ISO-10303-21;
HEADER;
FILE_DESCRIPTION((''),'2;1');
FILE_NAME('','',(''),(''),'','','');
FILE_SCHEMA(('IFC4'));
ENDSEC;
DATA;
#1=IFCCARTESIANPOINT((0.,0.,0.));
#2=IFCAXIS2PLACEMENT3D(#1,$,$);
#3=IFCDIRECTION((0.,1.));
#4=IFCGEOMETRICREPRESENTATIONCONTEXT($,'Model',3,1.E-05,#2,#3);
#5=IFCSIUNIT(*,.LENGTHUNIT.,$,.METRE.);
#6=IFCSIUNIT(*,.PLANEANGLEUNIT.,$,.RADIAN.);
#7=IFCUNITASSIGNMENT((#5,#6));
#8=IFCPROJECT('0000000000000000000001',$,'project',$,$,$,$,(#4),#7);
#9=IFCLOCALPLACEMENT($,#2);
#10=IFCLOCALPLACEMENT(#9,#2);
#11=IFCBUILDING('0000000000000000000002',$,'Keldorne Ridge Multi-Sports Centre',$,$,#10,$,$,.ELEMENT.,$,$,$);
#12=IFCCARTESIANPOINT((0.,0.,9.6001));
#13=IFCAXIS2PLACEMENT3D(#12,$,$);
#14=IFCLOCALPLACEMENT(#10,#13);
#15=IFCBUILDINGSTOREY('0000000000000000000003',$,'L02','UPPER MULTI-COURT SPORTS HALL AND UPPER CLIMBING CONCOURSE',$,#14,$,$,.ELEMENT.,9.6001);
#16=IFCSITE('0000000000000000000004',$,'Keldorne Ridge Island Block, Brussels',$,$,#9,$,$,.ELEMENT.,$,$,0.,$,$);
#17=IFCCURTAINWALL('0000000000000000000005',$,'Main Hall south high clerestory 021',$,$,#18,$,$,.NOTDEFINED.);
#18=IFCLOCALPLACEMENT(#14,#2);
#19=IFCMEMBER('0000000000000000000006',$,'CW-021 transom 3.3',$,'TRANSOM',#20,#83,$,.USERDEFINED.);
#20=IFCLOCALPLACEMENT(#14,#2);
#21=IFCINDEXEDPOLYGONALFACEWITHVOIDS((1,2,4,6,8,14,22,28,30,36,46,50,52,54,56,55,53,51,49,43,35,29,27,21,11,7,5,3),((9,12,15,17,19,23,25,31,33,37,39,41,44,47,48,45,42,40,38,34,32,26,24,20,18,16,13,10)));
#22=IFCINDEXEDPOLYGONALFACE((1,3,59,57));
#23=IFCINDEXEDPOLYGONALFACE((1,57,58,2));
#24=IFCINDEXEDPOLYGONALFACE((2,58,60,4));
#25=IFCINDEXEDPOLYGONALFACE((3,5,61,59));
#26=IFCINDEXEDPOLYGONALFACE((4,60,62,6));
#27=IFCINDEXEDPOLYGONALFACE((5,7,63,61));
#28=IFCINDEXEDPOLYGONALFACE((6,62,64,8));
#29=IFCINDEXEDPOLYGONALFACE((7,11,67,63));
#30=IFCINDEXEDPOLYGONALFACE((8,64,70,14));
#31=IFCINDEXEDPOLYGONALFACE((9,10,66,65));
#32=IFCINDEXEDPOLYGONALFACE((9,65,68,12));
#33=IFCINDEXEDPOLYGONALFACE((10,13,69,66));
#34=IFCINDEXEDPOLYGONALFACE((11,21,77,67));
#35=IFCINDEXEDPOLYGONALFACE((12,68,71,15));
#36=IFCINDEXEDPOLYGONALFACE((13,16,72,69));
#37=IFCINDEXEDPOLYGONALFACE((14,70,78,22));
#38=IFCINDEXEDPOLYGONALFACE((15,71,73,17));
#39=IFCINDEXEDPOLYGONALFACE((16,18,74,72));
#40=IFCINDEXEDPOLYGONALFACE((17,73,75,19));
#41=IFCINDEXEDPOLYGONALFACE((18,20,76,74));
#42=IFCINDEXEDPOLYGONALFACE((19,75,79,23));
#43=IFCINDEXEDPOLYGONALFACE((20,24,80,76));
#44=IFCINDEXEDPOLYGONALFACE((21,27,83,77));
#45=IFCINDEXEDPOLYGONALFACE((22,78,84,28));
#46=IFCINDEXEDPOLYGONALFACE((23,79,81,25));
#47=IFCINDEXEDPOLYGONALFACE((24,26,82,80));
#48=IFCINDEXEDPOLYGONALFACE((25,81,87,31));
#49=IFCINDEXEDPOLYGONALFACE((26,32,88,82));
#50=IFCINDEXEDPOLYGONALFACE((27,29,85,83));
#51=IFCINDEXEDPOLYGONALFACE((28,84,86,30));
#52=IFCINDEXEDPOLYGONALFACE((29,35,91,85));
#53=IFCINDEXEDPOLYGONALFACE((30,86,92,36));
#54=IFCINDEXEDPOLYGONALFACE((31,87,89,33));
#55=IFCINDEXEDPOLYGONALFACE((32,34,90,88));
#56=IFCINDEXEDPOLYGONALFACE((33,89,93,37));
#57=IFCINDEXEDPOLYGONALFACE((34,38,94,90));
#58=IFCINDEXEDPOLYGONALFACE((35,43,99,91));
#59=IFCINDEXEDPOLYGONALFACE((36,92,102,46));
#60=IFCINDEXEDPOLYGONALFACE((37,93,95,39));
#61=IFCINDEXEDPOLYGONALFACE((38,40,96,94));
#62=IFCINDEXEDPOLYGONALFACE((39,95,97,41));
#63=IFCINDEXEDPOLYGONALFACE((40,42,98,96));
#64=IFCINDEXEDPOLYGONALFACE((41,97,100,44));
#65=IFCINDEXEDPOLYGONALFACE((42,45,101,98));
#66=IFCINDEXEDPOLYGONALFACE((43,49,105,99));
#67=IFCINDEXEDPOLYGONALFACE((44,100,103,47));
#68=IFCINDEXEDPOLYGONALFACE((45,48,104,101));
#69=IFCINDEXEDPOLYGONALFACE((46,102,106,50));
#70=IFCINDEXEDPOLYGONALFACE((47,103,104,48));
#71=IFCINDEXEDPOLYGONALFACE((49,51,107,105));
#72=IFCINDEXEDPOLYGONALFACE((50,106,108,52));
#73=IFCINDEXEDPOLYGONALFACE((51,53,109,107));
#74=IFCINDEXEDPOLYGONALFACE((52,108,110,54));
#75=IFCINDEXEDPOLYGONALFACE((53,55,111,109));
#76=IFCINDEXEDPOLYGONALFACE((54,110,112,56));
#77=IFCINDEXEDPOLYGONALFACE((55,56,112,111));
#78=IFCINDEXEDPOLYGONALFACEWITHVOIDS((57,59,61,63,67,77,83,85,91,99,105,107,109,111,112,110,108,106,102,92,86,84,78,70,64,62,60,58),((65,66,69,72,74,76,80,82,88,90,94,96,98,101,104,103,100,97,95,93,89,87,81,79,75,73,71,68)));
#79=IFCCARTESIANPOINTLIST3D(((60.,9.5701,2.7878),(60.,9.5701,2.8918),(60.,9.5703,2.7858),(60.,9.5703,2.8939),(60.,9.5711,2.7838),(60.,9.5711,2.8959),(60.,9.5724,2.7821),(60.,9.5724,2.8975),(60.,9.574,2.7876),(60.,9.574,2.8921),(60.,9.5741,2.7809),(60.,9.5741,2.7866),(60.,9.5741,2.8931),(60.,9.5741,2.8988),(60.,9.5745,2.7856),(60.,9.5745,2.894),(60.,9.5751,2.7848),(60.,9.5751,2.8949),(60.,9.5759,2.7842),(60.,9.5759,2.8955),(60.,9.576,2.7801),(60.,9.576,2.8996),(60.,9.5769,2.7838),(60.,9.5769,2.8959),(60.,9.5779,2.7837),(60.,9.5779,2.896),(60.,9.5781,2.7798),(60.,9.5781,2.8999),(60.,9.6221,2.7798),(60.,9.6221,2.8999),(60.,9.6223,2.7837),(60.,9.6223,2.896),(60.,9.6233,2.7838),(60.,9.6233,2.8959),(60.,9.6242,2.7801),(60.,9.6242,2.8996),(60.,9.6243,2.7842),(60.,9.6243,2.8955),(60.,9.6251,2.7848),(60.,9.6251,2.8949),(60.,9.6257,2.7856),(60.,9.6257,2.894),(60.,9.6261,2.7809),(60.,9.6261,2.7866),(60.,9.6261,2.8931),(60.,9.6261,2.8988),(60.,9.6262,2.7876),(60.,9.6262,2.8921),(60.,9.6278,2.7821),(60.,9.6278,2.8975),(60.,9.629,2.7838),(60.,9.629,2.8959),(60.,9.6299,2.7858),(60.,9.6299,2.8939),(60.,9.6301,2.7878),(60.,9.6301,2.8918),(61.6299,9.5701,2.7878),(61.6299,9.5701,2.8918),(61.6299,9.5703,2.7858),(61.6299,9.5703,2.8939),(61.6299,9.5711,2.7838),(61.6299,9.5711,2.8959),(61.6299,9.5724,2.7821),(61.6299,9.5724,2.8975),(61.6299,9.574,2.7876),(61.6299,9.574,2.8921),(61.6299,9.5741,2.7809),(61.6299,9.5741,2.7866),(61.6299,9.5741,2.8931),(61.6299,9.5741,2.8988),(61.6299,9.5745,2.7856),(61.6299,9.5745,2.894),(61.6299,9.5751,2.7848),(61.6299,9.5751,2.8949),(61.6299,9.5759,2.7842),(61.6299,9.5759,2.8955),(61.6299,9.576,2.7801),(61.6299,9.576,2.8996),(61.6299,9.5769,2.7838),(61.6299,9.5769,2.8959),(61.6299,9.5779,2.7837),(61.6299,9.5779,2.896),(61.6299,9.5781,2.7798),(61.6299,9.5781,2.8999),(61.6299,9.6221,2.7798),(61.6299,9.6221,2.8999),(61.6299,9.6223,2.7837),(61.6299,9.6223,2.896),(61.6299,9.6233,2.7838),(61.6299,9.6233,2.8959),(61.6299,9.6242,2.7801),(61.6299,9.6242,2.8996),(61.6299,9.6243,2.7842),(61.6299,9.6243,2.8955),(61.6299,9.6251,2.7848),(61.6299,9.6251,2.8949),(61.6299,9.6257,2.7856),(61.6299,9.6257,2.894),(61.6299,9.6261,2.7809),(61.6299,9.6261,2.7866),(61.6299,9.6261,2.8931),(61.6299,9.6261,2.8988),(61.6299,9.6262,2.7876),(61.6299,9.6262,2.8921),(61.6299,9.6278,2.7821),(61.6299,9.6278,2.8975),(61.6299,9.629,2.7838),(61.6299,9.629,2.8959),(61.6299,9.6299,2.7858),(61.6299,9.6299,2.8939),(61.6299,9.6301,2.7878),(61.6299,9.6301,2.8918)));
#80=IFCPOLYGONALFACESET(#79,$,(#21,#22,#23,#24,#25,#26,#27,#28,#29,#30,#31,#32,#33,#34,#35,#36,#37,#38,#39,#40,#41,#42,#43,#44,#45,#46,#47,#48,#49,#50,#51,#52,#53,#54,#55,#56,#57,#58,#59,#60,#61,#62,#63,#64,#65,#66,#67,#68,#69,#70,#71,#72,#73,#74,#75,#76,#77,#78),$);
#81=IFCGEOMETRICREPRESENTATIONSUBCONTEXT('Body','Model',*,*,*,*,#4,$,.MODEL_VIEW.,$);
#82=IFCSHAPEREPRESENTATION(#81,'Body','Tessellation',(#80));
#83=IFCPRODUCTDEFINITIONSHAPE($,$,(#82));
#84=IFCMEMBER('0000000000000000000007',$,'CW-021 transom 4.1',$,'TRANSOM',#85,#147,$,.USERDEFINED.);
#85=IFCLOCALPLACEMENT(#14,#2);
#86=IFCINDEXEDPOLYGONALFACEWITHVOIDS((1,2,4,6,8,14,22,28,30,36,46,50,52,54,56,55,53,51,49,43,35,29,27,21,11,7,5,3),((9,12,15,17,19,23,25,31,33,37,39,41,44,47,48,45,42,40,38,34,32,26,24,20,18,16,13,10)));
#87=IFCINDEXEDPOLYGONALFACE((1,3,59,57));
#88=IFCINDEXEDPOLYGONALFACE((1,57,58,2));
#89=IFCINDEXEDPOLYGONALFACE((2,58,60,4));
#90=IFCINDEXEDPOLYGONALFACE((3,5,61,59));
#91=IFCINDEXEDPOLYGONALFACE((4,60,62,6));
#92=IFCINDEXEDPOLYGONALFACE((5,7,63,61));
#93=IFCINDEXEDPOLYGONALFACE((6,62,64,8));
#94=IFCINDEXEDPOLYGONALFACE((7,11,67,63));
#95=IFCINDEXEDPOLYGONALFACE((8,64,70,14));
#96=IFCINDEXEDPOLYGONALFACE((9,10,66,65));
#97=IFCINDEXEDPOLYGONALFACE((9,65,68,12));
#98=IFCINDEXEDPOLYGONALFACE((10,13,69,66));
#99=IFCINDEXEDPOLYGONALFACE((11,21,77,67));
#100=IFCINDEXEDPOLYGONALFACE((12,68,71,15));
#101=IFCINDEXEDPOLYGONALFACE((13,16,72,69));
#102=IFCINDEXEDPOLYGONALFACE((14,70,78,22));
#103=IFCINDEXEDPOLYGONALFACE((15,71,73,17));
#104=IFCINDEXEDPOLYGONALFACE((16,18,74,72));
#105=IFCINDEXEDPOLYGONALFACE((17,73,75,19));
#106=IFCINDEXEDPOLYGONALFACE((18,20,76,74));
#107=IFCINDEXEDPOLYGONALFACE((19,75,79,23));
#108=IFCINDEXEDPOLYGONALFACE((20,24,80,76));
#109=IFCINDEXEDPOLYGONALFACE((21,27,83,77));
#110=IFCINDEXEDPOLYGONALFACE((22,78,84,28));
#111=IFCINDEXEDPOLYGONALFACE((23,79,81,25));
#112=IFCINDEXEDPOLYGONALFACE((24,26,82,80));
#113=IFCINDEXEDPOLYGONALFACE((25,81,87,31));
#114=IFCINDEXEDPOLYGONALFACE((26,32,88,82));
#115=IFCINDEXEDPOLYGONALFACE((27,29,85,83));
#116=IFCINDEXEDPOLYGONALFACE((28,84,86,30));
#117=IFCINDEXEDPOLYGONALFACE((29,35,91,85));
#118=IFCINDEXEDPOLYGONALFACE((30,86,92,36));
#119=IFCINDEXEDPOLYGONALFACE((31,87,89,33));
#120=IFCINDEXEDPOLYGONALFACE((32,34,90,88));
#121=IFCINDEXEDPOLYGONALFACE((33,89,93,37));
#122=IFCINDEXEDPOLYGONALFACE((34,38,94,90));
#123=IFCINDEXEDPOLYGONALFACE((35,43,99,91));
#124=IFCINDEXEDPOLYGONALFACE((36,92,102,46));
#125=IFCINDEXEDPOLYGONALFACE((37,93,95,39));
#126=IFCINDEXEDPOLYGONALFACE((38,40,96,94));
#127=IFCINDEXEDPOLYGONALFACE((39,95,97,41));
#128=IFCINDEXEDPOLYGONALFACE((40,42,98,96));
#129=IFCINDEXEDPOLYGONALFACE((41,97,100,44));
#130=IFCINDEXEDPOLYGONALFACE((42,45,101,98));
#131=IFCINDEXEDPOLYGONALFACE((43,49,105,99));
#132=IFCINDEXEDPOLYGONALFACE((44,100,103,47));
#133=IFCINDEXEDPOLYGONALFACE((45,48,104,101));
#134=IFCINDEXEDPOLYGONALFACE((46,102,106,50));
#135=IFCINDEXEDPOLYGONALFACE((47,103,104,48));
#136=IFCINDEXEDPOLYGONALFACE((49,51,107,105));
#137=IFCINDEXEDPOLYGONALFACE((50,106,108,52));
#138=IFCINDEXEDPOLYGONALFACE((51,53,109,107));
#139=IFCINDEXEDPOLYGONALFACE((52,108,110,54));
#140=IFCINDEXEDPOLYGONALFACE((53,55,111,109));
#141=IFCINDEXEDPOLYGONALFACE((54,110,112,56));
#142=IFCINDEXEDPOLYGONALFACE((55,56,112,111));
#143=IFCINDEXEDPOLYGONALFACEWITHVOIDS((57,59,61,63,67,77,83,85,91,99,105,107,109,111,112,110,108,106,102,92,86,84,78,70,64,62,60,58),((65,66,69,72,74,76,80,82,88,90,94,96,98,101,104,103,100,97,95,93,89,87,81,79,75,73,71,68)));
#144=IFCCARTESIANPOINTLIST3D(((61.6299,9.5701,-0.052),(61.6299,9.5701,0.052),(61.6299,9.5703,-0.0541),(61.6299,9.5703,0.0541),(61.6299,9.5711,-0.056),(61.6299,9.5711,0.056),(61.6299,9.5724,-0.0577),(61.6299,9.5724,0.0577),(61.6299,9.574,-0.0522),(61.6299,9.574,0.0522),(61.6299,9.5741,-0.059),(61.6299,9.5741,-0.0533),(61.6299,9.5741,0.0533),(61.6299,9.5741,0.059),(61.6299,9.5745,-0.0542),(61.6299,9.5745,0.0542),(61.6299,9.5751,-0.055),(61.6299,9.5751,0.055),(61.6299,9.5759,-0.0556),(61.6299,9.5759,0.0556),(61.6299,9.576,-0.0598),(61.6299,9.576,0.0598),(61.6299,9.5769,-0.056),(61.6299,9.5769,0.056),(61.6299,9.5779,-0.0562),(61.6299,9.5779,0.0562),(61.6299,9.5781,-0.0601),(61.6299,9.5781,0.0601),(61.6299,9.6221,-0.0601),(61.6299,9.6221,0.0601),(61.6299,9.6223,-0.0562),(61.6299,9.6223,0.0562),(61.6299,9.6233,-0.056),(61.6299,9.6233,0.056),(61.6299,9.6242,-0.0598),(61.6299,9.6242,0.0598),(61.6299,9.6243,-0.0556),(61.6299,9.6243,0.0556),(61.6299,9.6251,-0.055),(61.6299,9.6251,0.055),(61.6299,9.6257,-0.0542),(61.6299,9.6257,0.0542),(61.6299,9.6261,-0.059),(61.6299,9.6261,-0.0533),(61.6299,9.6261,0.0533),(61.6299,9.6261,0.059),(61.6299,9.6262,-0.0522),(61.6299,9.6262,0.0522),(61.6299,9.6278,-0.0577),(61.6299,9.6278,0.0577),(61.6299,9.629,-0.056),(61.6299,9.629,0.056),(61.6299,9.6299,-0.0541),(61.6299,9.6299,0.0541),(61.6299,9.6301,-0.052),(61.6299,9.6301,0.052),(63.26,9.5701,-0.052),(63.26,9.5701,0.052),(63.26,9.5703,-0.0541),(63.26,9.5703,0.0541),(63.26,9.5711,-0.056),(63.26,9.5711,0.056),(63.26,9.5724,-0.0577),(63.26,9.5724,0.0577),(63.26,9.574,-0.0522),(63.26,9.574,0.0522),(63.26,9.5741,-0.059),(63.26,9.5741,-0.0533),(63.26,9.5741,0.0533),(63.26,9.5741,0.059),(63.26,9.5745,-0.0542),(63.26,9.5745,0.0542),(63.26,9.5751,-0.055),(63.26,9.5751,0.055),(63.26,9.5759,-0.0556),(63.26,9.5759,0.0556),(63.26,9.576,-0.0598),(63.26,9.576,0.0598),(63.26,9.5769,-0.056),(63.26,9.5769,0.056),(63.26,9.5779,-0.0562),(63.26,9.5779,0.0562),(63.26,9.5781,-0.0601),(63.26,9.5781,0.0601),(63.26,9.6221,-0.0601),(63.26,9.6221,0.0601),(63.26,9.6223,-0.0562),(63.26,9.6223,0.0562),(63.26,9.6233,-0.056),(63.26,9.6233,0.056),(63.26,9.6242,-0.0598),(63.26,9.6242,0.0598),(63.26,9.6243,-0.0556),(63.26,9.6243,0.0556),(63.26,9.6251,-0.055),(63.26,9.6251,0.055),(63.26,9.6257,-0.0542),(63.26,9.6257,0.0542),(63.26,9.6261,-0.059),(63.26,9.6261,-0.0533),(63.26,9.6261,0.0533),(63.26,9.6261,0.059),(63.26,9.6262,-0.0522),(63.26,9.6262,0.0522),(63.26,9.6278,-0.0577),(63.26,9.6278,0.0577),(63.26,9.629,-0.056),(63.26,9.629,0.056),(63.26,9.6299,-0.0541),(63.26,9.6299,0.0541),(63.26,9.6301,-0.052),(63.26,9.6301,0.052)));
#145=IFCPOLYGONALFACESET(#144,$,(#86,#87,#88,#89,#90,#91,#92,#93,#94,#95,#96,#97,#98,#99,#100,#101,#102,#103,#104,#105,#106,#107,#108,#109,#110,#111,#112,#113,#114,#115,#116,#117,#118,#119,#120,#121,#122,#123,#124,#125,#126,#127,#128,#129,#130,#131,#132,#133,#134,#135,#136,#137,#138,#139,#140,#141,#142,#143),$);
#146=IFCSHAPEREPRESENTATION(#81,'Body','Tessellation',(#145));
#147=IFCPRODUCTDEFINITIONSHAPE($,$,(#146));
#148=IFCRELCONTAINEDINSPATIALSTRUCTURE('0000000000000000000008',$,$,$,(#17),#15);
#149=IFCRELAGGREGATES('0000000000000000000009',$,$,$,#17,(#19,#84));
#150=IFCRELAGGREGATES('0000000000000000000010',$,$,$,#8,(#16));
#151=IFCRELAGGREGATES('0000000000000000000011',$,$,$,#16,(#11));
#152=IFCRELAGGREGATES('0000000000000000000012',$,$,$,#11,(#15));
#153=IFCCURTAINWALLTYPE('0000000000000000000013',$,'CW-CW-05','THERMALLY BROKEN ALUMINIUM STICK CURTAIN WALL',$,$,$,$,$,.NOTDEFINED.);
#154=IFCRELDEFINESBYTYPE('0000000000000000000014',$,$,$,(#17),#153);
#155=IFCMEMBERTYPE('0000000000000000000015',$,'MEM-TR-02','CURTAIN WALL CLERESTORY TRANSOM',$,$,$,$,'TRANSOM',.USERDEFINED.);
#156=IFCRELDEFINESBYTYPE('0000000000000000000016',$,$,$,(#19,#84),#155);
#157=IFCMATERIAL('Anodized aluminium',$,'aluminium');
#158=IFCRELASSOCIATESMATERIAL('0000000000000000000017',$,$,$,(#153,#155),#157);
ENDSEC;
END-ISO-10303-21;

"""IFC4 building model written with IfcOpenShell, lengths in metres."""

from ifc_helpers import new_model, si_unit, direction, frame, origin, origin_2d, place, context, subcontext, project, spatial, hollow_rectangle, extrude, material, material_profile, profile_set, type_object, element, aggregate, save


model = new_model("IFC4")

# Units and contexts
model_context = context("Model", 3, precision=1e-05, world=origin(), true_north=direction((0.0, 1.0)))
body_context = subcontext(model_context, "Body", "Model", "MODEL_VIEW")
ifc_project = project(units=[si_unit("LENGTHUNIT", "METRE"), si_unit("PLANEANGLEUNIT", "RADIAN")], contexts=[model_context])

# Site, building, storey
site_placement = place(None, origin())
site = spatial("IfcSite", under=ifc_project, at=site_placement, Name="Keldorne Ridge Island Block, Brussels", CompositionType="ELEMENT", RefElevation=0.0)
building_placement = place(site_placement, origin())
building = spatial("IfcBuilding", under=site, at=building_placement, Name="Keldorne Ridge Multi-Sports Centre", CompositionType="ELEMENT")
storey_placement = place(building_placement, frame((0.0, 0.0, 9.6001)))
storey = spatial("IfcBuildingStorey", under=building, at=storey_placement, Name="L02", Description="UPPER MULTI-COURT SPORTS HALL AND UPPER CLIMBING CONCOURSE", CompositionType="ELEMENT", Elevation=9.6001)

# Curtain wall, members
ifc_material_1 = material(Name="Anodized aluminium", Category="aluminium")
curtain_wall_type = type_object("IfcCurtainWallType", Name="CW-CW-05", Description="THERMALLY BROKEN ALUMINIUM STICK CURTAIN WALL", PredefinedType="NOTDEFINED", material=ifc_material_1)
curtain_wall_placement = place(storey_placement, origin())
curtain_wall = element("IfcCurtainWall", 1, at=curtain_wall_placement, inside=storey, type_object=curtain_wall_type, Name="Main Hall south high clerestory 021", PredefinedType="NOTDEFINED")
ifc_material_profile_1 = material_profile(ifc_material_1, hollow_rectangle(XDim=0.0601, YDim=0.1201, WallThickness=0.0039, InnerFilletRadius=0.0039, OuterFilletRadius=0.0081, at=origin_2d()), Name="ALU TRANSOM 120x60x4")
ifc_profile_set_1 = profile_set([ifc_material_profile_1], Name="Anodized aluminium")
member_type_1 = type_object("IfcMemberType", Name="MEM-TR-02", Description="CURTAIN WALL CLERESTORY TRANSOM", ElementType="TRANSOM", PredefinedType="USERDEFINED", material=ifc_profile_set_1)
member_1_placement = place(storey_placement, frame((60.0, 9.6001, 2.8398), z_axis=(1.0, 0.0, 0.0), x_axis=(0.0, 1.0, 0.0)))
member_1 = element("IfcMember", 2, at=member_1_placement, type_object=member_type_1, Name="CW-021 transom 3.3", ObjectType="TRANSOM", PredefinedType="USERDEFINED", context=body_context, shape_type="SweptSolid", body=[
    extrude(hollow_rectangle(XDim=0.0601, YDim=0.1201, WallThickness=0.0039, InnerFilletRadius=0.0039, OuterFilletRadius=0.0081, at=origin_2d()), origin(), (0.0, 0.0, 1.0), 1.6299),
])
member_2_placement = place(storey_placement, frame((61.6299, 9.6001, 0.0), z_axis=(1.0, 0.0, 0.0), x_axis=(0.0, 1.0, 0.0)))
member_2 = element("IfcMember", 3, at=member_2_placement, type_object=member_type_1, Name="CW-021 transom 4.1", ObjectType="TRANSOM", PredefinedType="USERDEFINED", context=body_context, shape_type="SweptSolid", body=[
    extrude(hollow_rectangle(XDim=0.0601, YDim=0.1201, WallThickness=0.0039, InnerFilletRadius=0.0039, OuterFilletRadius=0.0081, at=origin_2d()), origin(), (0.0, 0.0, 1.0), 1.6301),
])
aggregate(curtain_wall, [member_1, member_2])

save(model, "model.ifc")
